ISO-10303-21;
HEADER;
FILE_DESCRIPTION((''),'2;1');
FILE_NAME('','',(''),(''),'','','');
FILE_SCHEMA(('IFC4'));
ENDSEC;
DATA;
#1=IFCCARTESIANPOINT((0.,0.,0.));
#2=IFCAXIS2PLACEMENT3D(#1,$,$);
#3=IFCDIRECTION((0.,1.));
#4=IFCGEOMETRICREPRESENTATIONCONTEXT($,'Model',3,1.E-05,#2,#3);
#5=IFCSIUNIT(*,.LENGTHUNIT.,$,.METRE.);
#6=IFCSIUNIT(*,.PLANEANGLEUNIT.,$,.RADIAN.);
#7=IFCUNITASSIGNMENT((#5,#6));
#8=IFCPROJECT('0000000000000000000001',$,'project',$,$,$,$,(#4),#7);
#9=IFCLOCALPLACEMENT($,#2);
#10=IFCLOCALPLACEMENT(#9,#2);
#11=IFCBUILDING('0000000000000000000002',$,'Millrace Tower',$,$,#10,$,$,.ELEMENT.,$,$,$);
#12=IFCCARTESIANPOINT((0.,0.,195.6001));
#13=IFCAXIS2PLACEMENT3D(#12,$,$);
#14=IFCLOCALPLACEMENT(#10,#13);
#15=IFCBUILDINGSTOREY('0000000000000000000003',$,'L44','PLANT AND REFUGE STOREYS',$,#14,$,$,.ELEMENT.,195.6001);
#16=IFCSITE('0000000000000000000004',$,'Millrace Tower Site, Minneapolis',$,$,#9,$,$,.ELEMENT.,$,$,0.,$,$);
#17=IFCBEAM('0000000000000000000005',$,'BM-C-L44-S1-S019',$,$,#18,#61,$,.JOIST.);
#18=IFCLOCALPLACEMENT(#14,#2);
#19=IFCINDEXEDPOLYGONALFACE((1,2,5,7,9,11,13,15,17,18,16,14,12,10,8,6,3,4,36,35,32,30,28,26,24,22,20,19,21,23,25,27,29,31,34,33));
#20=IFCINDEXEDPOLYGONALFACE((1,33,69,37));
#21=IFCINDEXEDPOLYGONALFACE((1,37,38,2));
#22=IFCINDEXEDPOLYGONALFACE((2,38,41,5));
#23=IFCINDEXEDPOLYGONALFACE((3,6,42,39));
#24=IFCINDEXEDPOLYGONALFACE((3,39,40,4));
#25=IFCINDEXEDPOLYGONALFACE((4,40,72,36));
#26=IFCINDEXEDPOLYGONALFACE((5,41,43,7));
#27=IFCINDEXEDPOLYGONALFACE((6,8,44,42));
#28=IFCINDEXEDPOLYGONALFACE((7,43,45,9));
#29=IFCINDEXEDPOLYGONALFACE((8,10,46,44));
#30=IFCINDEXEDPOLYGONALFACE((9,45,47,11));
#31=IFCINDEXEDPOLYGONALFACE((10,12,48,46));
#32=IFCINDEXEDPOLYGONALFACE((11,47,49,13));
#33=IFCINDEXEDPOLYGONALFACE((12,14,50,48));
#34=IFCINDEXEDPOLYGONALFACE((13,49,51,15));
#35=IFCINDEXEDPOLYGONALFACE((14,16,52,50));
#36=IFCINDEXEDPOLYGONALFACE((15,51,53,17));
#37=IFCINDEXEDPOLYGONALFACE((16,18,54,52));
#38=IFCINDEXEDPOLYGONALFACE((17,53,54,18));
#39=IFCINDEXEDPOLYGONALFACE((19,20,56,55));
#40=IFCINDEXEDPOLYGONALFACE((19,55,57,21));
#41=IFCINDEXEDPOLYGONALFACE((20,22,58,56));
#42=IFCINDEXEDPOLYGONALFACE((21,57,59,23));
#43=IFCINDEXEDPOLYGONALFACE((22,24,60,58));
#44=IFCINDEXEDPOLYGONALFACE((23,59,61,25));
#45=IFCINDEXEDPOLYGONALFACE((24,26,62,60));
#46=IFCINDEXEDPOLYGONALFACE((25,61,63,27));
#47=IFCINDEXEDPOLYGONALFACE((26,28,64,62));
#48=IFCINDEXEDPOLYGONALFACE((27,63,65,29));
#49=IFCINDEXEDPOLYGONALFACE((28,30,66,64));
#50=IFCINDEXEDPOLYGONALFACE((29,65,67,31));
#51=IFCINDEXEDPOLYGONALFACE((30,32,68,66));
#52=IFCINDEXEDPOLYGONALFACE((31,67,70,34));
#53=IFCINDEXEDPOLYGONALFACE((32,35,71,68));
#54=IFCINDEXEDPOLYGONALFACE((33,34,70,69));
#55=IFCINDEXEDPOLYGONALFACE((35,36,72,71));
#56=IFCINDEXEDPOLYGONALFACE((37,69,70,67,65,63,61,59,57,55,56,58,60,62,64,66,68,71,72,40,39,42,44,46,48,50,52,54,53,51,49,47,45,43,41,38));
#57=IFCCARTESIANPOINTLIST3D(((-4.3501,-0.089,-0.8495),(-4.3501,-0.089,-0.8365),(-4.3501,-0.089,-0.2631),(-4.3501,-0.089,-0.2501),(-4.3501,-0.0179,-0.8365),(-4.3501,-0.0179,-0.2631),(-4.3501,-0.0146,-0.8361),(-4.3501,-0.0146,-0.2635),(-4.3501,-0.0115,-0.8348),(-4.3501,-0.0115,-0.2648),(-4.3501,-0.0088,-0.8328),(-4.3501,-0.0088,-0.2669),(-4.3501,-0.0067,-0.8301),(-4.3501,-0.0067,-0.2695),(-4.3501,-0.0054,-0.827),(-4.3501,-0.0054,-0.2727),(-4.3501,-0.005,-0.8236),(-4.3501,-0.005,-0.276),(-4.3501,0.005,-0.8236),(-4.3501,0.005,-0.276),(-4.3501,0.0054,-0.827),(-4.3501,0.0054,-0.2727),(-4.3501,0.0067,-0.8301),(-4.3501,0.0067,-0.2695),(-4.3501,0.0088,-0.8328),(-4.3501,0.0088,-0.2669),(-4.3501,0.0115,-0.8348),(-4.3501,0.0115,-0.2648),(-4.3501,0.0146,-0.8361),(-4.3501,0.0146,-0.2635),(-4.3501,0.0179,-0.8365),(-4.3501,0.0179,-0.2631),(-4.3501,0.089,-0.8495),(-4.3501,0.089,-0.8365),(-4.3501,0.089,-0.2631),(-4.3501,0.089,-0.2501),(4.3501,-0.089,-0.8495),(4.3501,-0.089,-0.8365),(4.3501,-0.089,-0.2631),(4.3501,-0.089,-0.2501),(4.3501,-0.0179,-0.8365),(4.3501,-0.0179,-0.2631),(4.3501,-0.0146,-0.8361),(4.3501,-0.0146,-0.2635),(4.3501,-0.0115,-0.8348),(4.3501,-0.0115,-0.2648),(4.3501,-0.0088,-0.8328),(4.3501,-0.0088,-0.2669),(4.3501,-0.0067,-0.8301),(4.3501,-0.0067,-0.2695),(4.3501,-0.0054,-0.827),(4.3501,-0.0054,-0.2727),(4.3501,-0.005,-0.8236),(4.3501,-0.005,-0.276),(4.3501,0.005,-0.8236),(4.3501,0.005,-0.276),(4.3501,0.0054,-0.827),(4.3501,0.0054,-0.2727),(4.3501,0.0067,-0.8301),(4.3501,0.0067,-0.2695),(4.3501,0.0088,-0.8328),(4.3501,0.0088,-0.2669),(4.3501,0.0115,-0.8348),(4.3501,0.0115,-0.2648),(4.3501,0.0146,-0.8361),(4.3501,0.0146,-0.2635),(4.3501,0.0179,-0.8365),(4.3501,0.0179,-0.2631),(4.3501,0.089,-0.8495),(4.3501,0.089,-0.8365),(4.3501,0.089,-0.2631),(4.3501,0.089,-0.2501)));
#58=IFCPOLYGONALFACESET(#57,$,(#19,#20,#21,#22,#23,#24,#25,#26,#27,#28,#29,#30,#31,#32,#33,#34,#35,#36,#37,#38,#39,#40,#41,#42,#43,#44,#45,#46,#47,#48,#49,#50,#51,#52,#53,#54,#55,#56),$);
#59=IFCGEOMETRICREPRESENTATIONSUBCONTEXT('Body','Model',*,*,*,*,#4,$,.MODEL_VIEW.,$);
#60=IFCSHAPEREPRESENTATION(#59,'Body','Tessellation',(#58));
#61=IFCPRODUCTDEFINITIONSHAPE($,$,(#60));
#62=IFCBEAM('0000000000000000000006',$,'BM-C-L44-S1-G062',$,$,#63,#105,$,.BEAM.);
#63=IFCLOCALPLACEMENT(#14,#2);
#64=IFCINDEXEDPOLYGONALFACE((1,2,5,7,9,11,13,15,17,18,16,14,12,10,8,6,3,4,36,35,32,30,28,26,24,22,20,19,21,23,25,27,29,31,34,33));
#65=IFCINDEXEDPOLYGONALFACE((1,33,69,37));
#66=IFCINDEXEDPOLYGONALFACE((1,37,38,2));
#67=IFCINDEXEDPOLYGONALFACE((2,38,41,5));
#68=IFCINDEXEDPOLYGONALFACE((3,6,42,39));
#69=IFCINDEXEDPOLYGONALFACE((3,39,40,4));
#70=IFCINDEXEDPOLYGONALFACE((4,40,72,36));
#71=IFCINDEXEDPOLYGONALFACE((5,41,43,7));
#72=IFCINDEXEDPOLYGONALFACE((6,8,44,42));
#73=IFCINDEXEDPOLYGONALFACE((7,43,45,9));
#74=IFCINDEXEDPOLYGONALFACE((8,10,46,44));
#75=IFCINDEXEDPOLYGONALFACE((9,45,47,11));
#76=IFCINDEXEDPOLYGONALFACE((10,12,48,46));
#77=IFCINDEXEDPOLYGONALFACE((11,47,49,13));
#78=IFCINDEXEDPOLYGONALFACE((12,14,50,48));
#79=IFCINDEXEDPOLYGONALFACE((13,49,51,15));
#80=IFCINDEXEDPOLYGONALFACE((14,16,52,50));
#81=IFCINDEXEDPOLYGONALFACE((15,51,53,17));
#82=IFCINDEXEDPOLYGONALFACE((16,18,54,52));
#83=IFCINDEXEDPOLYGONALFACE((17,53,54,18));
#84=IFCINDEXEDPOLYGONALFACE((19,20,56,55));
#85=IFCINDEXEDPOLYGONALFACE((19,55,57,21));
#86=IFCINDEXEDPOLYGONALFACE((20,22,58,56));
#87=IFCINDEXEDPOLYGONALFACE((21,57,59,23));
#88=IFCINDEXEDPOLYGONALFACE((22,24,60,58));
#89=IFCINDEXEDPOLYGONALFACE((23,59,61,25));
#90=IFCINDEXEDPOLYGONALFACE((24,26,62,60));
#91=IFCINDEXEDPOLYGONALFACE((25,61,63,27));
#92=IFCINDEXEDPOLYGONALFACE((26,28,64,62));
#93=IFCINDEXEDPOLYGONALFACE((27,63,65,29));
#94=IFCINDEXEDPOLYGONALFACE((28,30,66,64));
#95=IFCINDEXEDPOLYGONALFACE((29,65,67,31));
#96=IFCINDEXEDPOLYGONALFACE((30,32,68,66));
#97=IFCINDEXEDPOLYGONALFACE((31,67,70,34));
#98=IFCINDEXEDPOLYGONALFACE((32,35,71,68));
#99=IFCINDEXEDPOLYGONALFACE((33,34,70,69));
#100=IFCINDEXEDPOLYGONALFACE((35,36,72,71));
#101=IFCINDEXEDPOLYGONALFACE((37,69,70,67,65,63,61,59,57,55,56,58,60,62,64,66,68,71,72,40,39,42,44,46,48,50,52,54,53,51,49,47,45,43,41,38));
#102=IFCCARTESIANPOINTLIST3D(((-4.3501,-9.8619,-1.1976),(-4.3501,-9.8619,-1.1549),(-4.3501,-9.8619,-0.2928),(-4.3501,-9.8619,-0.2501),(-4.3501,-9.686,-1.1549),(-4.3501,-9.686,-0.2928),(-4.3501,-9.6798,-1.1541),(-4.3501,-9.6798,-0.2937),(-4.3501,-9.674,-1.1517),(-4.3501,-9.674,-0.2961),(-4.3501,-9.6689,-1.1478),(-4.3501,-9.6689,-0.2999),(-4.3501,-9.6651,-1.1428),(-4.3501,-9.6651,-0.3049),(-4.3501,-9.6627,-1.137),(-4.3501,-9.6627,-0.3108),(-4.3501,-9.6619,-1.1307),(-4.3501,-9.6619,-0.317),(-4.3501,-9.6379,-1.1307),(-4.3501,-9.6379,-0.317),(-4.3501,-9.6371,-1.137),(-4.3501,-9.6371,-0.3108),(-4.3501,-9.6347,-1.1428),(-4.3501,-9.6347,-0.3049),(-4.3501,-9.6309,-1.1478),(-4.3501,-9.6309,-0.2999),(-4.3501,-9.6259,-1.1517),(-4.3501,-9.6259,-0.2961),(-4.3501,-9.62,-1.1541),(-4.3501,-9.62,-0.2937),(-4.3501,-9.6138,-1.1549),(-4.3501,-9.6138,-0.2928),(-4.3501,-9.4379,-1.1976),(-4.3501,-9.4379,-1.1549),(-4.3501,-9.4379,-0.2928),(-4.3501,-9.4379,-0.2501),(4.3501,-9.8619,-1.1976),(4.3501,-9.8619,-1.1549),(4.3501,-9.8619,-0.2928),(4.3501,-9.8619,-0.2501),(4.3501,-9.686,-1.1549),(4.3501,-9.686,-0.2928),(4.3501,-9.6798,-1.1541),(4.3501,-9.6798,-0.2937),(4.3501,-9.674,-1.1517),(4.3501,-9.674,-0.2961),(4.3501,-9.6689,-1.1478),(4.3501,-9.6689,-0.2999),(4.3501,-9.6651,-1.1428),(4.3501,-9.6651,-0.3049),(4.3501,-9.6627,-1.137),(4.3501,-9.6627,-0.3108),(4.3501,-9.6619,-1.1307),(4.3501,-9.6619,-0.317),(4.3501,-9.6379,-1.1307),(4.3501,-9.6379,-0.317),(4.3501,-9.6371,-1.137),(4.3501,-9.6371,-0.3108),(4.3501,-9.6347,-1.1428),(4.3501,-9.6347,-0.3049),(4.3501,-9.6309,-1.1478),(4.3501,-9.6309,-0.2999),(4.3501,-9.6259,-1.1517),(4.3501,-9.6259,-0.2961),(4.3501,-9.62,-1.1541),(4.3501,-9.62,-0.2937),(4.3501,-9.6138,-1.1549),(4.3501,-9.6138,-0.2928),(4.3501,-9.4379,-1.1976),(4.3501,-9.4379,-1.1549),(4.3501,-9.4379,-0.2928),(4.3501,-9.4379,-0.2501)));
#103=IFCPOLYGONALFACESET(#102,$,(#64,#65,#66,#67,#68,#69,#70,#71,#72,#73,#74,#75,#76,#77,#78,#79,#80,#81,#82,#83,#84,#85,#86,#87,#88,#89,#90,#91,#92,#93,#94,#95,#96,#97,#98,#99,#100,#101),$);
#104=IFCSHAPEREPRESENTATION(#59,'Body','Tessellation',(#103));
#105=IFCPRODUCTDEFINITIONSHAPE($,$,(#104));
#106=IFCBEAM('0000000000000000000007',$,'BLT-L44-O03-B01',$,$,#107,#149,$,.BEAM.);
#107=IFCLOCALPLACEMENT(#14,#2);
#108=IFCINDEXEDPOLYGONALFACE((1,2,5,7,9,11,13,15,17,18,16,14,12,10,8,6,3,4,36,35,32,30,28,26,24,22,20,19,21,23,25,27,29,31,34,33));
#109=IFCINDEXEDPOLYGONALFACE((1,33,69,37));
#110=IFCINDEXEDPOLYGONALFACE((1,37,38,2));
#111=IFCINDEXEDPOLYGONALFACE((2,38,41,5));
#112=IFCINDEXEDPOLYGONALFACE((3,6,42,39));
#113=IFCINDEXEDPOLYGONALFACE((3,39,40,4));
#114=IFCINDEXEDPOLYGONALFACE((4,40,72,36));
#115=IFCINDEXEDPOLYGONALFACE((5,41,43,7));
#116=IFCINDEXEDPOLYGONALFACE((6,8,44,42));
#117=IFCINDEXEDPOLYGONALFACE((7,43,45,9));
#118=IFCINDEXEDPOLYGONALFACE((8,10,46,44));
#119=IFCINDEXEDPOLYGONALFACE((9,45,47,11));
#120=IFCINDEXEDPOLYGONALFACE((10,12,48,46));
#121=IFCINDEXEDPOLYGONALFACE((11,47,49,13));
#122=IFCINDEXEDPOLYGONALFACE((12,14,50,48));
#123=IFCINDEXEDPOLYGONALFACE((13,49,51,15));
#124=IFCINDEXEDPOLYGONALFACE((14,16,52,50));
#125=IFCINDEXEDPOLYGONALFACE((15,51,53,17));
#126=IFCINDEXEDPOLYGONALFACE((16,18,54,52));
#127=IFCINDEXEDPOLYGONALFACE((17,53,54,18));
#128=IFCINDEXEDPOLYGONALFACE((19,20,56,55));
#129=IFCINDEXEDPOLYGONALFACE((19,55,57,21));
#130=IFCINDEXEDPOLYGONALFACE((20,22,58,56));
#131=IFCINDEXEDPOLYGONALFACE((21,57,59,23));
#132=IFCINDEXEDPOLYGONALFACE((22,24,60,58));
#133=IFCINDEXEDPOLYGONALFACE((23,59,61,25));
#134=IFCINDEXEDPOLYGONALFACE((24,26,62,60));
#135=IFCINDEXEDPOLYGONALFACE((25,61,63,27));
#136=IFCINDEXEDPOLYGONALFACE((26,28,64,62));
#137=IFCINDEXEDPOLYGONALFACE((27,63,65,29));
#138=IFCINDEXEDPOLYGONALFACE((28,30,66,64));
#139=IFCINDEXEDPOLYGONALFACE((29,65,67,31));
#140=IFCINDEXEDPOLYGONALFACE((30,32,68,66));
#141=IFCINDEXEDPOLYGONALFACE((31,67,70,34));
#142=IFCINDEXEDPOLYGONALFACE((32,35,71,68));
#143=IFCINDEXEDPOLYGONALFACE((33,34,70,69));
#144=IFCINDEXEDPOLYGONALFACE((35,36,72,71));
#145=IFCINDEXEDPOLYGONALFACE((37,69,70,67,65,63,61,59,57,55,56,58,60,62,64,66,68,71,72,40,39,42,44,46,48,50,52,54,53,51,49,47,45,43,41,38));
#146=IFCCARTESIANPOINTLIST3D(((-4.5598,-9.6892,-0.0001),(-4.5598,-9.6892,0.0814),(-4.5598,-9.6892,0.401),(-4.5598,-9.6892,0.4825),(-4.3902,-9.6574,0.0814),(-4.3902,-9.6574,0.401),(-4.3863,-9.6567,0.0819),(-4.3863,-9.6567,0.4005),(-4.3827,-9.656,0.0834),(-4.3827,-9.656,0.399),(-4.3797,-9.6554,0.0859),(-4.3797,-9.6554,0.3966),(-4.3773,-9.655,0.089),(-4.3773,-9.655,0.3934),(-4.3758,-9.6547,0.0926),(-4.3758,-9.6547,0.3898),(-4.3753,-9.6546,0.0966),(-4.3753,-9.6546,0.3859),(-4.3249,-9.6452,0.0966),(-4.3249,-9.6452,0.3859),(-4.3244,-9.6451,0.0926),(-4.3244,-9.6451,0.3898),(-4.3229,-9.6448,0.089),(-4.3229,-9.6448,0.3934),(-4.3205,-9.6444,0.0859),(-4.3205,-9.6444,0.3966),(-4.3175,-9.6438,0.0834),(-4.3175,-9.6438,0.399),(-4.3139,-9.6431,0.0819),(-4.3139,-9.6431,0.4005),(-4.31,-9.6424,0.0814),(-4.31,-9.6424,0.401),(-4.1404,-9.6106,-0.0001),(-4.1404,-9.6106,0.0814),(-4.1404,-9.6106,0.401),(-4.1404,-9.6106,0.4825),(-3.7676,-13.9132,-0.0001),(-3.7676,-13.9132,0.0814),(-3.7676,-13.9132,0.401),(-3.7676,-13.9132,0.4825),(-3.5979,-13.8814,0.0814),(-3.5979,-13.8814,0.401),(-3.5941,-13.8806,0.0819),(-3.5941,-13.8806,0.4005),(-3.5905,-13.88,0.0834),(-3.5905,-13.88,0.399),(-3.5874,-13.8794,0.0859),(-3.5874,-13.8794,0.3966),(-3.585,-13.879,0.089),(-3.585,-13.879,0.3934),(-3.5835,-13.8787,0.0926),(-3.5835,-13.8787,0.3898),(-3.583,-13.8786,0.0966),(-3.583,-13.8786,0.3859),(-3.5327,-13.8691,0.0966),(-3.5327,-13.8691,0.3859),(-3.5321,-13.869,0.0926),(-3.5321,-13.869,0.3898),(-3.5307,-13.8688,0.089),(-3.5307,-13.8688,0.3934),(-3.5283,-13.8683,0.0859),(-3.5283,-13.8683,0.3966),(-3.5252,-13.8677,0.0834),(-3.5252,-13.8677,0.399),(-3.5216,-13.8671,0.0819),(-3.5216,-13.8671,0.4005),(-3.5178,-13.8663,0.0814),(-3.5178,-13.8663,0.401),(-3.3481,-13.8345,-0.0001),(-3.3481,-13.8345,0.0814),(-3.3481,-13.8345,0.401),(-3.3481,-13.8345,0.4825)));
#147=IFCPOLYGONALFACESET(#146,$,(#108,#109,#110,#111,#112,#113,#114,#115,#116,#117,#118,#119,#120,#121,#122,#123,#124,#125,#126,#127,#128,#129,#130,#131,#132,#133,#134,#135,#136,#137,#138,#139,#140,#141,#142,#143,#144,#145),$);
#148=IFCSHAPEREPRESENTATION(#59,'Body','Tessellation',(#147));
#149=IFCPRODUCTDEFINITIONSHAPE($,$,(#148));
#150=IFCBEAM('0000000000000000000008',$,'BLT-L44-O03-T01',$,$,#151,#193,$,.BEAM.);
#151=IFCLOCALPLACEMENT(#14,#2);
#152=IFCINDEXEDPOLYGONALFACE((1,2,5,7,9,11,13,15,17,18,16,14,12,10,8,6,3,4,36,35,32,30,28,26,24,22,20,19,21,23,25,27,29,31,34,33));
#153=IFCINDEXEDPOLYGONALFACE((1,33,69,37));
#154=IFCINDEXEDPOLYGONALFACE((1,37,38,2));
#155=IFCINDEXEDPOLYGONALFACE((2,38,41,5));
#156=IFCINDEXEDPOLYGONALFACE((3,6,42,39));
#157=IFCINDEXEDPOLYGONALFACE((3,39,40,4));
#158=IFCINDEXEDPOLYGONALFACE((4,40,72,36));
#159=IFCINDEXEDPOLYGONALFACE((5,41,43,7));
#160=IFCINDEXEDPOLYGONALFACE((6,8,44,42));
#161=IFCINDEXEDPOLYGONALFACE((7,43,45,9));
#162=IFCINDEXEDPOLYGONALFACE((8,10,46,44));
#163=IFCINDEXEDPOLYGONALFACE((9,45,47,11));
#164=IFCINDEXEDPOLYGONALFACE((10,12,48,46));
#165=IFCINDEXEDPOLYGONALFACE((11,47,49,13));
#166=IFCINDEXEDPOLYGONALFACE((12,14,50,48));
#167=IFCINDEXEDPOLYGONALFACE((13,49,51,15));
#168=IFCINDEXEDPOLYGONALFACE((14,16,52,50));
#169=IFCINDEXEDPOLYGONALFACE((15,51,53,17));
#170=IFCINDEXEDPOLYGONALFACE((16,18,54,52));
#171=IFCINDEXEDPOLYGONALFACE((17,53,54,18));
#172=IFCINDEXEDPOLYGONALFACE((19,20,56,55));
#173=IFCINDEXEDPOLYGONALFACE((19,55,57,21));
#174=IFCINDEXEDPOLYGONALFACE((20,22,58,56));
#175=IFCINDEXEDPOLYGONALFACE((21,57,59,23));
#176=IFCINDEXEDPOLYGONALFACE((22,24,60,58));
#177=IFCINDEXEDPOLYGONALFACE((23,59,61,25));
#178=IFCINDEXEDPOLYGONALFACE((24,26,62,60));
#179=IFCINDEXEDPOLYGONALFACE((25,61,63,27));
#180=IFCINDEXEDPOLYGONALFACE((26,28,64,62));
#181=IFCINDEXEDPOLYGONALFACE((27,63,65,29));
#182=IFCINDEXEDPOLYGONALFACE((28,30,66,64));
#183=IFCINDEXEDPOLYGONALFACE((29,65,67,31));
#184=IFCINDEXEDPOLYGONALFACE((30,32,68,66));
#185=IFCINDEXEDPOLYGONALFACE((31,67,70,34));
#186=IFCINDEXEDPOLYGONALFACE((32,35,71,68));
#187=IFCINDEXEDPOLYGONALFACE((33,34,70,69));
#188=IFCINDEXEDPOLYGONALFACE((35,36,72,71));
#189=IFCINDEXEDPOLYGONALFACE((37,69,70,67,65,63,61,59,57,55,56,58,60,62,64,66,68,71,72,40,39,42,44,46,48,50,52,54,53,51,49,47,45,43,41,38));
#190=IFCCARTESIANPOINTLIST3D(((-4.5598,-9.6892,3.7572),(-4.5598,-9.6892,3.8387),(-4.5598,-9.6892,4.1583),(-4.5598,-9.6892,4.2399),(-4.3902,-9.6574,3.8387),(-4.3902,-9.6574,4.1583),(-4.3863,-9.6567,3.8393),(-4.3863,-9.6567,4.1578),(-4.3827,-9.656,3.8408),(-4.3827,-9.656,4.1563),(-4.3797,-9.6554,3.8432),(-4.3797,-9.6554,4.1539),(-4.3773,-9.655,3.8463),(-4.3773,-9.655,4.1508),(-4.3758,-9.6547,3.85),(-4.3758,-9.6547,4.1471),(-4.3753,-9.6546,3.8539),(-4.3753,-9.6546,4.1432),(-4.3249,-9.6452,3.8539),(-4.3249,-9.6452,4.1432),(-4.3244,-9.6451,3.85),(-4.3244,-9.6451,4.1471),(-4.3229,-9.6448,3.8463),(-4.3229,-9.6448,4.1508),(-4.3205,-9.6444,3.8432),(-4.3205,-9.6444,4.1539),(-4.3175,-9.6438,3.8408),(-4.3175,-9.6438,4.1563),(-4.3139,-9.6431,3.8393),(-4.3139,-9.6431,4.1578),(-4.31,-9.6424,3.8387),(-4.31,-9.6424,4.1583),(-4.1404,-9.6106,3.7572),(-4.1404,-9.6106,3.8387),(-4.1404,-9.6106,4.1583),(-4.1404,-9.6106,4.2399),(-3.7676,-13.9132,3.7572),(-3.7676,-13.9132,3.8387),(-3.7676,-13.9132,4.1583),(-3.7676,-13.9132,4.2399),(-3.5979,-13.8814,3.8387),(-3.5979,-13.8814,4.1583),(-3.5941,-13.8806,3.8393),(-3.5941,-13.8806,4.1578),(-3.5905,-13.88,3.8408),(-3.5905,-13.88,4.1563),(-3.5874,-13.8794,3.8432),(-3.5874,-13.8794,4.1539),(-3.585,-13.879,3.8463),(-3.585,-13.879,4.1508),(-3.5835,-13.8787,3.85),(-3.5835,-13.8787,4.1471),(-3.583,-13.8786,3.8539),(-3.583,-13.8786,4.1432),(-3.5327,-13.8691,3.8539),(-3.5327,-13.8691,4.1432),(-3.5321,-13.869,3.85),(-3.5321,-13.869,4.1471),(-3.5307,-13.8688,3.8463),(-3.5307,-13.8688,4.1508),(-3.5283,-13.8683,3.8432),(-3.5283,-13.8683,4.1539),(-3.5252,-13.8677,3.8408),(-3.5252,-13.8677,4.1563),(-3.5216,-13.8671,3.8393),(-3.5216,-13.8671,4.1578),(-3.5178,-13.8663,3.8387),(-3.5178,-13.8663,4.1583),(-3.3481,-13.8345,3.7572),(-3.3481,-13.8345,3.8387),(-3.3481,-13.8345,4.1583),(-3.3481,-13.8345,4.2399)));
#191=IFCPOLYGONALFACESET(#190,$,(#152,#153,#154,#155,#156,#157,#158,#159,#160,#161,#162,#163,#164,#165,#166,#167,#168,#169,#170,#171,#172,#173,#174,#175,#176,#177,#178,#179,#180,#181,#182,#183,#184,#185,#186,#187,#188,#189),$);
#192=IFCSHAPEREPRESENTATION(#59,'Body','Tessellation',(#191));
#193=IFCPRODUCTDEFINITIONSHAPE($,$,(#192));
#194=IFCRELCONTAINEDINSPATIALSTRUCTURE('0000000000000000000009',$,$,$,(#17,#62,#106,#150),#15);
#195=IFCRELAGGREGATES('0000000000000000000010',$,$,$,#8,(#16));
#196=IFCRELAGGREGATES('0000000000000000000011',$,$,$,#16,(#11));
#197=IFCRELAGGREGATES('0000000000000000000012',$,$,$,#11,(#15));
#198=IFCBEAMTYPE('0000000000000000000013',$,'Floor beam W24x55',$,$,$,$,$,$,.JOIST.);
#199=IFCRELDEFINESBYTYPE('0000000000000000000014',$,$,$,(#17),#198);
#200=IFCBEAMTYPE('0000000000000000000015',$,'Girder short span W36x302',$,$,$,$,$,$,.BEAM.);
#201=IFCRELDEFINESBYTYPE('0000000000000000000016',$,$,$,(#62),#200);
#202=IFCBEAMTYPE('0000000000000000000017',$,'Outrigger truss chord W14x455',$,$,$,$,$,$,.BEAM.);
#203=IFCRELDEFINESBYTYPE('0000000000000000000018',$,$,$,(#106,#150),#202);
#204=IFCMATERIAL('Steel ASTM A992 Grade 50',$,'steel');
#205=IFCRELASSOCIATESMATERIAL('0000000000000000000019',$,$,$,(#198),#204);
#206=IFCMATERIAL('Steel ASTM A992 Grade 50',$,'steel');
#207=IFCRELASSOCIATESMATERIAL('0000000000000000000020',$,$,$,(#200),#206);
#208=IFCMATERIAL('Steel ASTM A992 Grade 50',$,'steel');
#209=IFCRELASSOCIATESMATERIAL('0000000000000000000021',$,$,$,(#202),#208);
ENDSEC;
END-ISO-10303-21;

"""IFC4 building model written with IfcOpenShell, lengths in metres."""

from ifc_helpers import new_model, si_unit, direction, frame, origin, origin_2d, place, context, subcontext, project, spatial, i_section, extrude, material, material_profile, profile_set, type_object, element, save


model = new_model("IFC4")

# Units and contexts
model_context = context("Model", 3, precision=1e-05, world=origin(), true_north=direction((0.0, 1.0)))
body_context = subcontext(model_context, "Body", "Model", "MODEL_VIEW")
ifc_project = project(units=[si_unit("LENGTHUNIT", "METRE"), si_unit("PLANEANGLEUNIT", "RADIAN")], contexts=[model_context])

# Site, building, storey
site_placement = place(None, origin())
site = spatial("IfcSite", under=ifc_project, at=site_placement, Name="Millrace Tower Site, Minneapolis", CompositionType="ELEMENT", RefElevation=0.0)
building_placement = place(site_placement, origin())
building = spatial("IfcBuilding", under=site, at=building_placement, Name="Millrace Tower", CompositionType="ELEMENT")
storey_placement = place(building_placement, frame((0.0, 0.0, 195.6001)))
storey = spatial("IfcBuildingStorey", under=building, at=storey_placement, Name="L44", Description="PLANT AND REFUGE STOREYS", CompositionType="ELEMENT", Elevation=195.6001)

# Beams
ifc_material_1 = material(Name="Steel ASTM A992 Grade 50", Category="steel")
ifc_material_profile_1 = material_profile(ifc_material_1, i_section(OverallWidth=0.178, OverallDepth=0.5994, WebThickness=0.01, FlangeThickness=0.0129, FilletRadius=0.0129, at=origin_2d()))
ifc_profile_set_1 = profile_set([ifc_material_profile_1], Name="Steel ASTM A992 Grade 50")
beam_type_1 = type_object("IfcBeamType", Name="Floor beam W24x55", PredefinedType="JOIST", material=ifc_profile_set_1)
for number, where, z_axis, x_axis, name in (
    (1, (-4.3501, 0.0, -0.5498), (1.0, 0.0, 0.0), (0.0, 1.0, 0.0), "BM-C-L44-S1-S019"),
):
    element("IfcBeam", number, at=place(storey_placement, frame(where, z_axis=z_axis, x_axis=x_axis)), inside=storey, type_object=beam_type_1, Name=name, PredefinedType="JOIST", context=body_context, shape_type="SweptSolid", body=[
        extrude(i_section(OverallWidth=0.178, OverallDepth=0.5994, WebThickness=0.01, FlangeThickness=0.0129, FilletRadius=0.0129, at=origin_2d()), origin(), (0.0, 0.0, 1.0), 8.7002),
    ])
ifc_material_2 = material(Name="Steel ASTM A992 Grade 50", Category="steel")
ifc_material_profile_2 = material_profile(ifc_material_2, i_section(OverallWidth=0.4241, OverallDepth=0.9475, WebThickness=0.0239, FlangeThickness=0.0427, FilletRadius=0.0242, at=origin_2d()))
ifc_profile_set_2 = profile_set([ifc_material_profile_2], Name="Steel ASTM A992 Grade 50")
beam_type_2 = type_object("IfcBeamType", Name="Girder short span W36x302", PredefinedType="BEAM", material=ifc_profile_set_2)
beam_1_placement = place(storey_placement, frame((-4.3501, -9.6499, -0.7239), z_axis=(1.0, 0.0, 0.0), x_axis=(0.0, 1.0, 0.0)))
element("IfcBeam", 2, at=beam_1_placement, inside=storey, type_object=beam_type_2, Name="BM-C-L44-S1-G062", PredefinedType="BEAM", context=body_context, shape_type="SweptSolid", body=[
    extrude(i_section(OverallWidth=0.4241, OverallDepth=0.9475, WebThickness=0.0239, FlangeThickness=0.0427, FilletRadius=0.0242, at=origin_2d()), origin(), (0.0, 0.0, 1.0), 8.7002),
])
ifc_material_3 = material(Name="Steel ASTM A992 Grade 50", Category="steel")
ifc_material_profile_3 = material_profile(ifc_material_3, i_section(OverallWidth=0.4268, OverallDepth=0.4827, WebThickness=0.0513, FlangeThickness=0.0815, FilletRadius=0.0151, at=origin_2d()))
ifc_profile_set_3 = profile_set([ifc_material_profile_3], Name="Steel ASTM A992 Grade 50")
beam_type_3 = type_object("IfcBeamType", Name="Outrigger truss chord W14x455", PredefinedType="BEAM", material=ifc_profile_set_3)
for number, where, z_axis, x_axis, name in (
    (3, (-4.3501, -9.6499, 0.2412), (0.184347, -0.982861, 0.0), (0.982861, 0.184347, 0.0), "BLT-L44-O03-B01"),
    (4, (-4.3501, -9.6499, 3.9985), (0.184347, -0.982861, 0.0), (0.982861, 0.184347, 0.0), "BLT-L44-O03-T01"),
):
    element("IfcBeam", number, at=place(storey_placement, frame(where, z_axis=z_axis, x_axis=x_axis)), inside=storey, type_object=beam_type_3, Name=name, PredefinedType="BEAM", context=body_context, shape_type="SweptSolid", body=[
        extrude(i_section(OverallWidth=0.4268, OverallDepth=0.4827, WebThickness=0.0513, FlangeThickness=0.0815, FilletRadius=0.0151, at=origin_2d()), origin(), (0.0, 0.0, 1.0), 4.2976),
    ])

save(model, "model.ifc")
